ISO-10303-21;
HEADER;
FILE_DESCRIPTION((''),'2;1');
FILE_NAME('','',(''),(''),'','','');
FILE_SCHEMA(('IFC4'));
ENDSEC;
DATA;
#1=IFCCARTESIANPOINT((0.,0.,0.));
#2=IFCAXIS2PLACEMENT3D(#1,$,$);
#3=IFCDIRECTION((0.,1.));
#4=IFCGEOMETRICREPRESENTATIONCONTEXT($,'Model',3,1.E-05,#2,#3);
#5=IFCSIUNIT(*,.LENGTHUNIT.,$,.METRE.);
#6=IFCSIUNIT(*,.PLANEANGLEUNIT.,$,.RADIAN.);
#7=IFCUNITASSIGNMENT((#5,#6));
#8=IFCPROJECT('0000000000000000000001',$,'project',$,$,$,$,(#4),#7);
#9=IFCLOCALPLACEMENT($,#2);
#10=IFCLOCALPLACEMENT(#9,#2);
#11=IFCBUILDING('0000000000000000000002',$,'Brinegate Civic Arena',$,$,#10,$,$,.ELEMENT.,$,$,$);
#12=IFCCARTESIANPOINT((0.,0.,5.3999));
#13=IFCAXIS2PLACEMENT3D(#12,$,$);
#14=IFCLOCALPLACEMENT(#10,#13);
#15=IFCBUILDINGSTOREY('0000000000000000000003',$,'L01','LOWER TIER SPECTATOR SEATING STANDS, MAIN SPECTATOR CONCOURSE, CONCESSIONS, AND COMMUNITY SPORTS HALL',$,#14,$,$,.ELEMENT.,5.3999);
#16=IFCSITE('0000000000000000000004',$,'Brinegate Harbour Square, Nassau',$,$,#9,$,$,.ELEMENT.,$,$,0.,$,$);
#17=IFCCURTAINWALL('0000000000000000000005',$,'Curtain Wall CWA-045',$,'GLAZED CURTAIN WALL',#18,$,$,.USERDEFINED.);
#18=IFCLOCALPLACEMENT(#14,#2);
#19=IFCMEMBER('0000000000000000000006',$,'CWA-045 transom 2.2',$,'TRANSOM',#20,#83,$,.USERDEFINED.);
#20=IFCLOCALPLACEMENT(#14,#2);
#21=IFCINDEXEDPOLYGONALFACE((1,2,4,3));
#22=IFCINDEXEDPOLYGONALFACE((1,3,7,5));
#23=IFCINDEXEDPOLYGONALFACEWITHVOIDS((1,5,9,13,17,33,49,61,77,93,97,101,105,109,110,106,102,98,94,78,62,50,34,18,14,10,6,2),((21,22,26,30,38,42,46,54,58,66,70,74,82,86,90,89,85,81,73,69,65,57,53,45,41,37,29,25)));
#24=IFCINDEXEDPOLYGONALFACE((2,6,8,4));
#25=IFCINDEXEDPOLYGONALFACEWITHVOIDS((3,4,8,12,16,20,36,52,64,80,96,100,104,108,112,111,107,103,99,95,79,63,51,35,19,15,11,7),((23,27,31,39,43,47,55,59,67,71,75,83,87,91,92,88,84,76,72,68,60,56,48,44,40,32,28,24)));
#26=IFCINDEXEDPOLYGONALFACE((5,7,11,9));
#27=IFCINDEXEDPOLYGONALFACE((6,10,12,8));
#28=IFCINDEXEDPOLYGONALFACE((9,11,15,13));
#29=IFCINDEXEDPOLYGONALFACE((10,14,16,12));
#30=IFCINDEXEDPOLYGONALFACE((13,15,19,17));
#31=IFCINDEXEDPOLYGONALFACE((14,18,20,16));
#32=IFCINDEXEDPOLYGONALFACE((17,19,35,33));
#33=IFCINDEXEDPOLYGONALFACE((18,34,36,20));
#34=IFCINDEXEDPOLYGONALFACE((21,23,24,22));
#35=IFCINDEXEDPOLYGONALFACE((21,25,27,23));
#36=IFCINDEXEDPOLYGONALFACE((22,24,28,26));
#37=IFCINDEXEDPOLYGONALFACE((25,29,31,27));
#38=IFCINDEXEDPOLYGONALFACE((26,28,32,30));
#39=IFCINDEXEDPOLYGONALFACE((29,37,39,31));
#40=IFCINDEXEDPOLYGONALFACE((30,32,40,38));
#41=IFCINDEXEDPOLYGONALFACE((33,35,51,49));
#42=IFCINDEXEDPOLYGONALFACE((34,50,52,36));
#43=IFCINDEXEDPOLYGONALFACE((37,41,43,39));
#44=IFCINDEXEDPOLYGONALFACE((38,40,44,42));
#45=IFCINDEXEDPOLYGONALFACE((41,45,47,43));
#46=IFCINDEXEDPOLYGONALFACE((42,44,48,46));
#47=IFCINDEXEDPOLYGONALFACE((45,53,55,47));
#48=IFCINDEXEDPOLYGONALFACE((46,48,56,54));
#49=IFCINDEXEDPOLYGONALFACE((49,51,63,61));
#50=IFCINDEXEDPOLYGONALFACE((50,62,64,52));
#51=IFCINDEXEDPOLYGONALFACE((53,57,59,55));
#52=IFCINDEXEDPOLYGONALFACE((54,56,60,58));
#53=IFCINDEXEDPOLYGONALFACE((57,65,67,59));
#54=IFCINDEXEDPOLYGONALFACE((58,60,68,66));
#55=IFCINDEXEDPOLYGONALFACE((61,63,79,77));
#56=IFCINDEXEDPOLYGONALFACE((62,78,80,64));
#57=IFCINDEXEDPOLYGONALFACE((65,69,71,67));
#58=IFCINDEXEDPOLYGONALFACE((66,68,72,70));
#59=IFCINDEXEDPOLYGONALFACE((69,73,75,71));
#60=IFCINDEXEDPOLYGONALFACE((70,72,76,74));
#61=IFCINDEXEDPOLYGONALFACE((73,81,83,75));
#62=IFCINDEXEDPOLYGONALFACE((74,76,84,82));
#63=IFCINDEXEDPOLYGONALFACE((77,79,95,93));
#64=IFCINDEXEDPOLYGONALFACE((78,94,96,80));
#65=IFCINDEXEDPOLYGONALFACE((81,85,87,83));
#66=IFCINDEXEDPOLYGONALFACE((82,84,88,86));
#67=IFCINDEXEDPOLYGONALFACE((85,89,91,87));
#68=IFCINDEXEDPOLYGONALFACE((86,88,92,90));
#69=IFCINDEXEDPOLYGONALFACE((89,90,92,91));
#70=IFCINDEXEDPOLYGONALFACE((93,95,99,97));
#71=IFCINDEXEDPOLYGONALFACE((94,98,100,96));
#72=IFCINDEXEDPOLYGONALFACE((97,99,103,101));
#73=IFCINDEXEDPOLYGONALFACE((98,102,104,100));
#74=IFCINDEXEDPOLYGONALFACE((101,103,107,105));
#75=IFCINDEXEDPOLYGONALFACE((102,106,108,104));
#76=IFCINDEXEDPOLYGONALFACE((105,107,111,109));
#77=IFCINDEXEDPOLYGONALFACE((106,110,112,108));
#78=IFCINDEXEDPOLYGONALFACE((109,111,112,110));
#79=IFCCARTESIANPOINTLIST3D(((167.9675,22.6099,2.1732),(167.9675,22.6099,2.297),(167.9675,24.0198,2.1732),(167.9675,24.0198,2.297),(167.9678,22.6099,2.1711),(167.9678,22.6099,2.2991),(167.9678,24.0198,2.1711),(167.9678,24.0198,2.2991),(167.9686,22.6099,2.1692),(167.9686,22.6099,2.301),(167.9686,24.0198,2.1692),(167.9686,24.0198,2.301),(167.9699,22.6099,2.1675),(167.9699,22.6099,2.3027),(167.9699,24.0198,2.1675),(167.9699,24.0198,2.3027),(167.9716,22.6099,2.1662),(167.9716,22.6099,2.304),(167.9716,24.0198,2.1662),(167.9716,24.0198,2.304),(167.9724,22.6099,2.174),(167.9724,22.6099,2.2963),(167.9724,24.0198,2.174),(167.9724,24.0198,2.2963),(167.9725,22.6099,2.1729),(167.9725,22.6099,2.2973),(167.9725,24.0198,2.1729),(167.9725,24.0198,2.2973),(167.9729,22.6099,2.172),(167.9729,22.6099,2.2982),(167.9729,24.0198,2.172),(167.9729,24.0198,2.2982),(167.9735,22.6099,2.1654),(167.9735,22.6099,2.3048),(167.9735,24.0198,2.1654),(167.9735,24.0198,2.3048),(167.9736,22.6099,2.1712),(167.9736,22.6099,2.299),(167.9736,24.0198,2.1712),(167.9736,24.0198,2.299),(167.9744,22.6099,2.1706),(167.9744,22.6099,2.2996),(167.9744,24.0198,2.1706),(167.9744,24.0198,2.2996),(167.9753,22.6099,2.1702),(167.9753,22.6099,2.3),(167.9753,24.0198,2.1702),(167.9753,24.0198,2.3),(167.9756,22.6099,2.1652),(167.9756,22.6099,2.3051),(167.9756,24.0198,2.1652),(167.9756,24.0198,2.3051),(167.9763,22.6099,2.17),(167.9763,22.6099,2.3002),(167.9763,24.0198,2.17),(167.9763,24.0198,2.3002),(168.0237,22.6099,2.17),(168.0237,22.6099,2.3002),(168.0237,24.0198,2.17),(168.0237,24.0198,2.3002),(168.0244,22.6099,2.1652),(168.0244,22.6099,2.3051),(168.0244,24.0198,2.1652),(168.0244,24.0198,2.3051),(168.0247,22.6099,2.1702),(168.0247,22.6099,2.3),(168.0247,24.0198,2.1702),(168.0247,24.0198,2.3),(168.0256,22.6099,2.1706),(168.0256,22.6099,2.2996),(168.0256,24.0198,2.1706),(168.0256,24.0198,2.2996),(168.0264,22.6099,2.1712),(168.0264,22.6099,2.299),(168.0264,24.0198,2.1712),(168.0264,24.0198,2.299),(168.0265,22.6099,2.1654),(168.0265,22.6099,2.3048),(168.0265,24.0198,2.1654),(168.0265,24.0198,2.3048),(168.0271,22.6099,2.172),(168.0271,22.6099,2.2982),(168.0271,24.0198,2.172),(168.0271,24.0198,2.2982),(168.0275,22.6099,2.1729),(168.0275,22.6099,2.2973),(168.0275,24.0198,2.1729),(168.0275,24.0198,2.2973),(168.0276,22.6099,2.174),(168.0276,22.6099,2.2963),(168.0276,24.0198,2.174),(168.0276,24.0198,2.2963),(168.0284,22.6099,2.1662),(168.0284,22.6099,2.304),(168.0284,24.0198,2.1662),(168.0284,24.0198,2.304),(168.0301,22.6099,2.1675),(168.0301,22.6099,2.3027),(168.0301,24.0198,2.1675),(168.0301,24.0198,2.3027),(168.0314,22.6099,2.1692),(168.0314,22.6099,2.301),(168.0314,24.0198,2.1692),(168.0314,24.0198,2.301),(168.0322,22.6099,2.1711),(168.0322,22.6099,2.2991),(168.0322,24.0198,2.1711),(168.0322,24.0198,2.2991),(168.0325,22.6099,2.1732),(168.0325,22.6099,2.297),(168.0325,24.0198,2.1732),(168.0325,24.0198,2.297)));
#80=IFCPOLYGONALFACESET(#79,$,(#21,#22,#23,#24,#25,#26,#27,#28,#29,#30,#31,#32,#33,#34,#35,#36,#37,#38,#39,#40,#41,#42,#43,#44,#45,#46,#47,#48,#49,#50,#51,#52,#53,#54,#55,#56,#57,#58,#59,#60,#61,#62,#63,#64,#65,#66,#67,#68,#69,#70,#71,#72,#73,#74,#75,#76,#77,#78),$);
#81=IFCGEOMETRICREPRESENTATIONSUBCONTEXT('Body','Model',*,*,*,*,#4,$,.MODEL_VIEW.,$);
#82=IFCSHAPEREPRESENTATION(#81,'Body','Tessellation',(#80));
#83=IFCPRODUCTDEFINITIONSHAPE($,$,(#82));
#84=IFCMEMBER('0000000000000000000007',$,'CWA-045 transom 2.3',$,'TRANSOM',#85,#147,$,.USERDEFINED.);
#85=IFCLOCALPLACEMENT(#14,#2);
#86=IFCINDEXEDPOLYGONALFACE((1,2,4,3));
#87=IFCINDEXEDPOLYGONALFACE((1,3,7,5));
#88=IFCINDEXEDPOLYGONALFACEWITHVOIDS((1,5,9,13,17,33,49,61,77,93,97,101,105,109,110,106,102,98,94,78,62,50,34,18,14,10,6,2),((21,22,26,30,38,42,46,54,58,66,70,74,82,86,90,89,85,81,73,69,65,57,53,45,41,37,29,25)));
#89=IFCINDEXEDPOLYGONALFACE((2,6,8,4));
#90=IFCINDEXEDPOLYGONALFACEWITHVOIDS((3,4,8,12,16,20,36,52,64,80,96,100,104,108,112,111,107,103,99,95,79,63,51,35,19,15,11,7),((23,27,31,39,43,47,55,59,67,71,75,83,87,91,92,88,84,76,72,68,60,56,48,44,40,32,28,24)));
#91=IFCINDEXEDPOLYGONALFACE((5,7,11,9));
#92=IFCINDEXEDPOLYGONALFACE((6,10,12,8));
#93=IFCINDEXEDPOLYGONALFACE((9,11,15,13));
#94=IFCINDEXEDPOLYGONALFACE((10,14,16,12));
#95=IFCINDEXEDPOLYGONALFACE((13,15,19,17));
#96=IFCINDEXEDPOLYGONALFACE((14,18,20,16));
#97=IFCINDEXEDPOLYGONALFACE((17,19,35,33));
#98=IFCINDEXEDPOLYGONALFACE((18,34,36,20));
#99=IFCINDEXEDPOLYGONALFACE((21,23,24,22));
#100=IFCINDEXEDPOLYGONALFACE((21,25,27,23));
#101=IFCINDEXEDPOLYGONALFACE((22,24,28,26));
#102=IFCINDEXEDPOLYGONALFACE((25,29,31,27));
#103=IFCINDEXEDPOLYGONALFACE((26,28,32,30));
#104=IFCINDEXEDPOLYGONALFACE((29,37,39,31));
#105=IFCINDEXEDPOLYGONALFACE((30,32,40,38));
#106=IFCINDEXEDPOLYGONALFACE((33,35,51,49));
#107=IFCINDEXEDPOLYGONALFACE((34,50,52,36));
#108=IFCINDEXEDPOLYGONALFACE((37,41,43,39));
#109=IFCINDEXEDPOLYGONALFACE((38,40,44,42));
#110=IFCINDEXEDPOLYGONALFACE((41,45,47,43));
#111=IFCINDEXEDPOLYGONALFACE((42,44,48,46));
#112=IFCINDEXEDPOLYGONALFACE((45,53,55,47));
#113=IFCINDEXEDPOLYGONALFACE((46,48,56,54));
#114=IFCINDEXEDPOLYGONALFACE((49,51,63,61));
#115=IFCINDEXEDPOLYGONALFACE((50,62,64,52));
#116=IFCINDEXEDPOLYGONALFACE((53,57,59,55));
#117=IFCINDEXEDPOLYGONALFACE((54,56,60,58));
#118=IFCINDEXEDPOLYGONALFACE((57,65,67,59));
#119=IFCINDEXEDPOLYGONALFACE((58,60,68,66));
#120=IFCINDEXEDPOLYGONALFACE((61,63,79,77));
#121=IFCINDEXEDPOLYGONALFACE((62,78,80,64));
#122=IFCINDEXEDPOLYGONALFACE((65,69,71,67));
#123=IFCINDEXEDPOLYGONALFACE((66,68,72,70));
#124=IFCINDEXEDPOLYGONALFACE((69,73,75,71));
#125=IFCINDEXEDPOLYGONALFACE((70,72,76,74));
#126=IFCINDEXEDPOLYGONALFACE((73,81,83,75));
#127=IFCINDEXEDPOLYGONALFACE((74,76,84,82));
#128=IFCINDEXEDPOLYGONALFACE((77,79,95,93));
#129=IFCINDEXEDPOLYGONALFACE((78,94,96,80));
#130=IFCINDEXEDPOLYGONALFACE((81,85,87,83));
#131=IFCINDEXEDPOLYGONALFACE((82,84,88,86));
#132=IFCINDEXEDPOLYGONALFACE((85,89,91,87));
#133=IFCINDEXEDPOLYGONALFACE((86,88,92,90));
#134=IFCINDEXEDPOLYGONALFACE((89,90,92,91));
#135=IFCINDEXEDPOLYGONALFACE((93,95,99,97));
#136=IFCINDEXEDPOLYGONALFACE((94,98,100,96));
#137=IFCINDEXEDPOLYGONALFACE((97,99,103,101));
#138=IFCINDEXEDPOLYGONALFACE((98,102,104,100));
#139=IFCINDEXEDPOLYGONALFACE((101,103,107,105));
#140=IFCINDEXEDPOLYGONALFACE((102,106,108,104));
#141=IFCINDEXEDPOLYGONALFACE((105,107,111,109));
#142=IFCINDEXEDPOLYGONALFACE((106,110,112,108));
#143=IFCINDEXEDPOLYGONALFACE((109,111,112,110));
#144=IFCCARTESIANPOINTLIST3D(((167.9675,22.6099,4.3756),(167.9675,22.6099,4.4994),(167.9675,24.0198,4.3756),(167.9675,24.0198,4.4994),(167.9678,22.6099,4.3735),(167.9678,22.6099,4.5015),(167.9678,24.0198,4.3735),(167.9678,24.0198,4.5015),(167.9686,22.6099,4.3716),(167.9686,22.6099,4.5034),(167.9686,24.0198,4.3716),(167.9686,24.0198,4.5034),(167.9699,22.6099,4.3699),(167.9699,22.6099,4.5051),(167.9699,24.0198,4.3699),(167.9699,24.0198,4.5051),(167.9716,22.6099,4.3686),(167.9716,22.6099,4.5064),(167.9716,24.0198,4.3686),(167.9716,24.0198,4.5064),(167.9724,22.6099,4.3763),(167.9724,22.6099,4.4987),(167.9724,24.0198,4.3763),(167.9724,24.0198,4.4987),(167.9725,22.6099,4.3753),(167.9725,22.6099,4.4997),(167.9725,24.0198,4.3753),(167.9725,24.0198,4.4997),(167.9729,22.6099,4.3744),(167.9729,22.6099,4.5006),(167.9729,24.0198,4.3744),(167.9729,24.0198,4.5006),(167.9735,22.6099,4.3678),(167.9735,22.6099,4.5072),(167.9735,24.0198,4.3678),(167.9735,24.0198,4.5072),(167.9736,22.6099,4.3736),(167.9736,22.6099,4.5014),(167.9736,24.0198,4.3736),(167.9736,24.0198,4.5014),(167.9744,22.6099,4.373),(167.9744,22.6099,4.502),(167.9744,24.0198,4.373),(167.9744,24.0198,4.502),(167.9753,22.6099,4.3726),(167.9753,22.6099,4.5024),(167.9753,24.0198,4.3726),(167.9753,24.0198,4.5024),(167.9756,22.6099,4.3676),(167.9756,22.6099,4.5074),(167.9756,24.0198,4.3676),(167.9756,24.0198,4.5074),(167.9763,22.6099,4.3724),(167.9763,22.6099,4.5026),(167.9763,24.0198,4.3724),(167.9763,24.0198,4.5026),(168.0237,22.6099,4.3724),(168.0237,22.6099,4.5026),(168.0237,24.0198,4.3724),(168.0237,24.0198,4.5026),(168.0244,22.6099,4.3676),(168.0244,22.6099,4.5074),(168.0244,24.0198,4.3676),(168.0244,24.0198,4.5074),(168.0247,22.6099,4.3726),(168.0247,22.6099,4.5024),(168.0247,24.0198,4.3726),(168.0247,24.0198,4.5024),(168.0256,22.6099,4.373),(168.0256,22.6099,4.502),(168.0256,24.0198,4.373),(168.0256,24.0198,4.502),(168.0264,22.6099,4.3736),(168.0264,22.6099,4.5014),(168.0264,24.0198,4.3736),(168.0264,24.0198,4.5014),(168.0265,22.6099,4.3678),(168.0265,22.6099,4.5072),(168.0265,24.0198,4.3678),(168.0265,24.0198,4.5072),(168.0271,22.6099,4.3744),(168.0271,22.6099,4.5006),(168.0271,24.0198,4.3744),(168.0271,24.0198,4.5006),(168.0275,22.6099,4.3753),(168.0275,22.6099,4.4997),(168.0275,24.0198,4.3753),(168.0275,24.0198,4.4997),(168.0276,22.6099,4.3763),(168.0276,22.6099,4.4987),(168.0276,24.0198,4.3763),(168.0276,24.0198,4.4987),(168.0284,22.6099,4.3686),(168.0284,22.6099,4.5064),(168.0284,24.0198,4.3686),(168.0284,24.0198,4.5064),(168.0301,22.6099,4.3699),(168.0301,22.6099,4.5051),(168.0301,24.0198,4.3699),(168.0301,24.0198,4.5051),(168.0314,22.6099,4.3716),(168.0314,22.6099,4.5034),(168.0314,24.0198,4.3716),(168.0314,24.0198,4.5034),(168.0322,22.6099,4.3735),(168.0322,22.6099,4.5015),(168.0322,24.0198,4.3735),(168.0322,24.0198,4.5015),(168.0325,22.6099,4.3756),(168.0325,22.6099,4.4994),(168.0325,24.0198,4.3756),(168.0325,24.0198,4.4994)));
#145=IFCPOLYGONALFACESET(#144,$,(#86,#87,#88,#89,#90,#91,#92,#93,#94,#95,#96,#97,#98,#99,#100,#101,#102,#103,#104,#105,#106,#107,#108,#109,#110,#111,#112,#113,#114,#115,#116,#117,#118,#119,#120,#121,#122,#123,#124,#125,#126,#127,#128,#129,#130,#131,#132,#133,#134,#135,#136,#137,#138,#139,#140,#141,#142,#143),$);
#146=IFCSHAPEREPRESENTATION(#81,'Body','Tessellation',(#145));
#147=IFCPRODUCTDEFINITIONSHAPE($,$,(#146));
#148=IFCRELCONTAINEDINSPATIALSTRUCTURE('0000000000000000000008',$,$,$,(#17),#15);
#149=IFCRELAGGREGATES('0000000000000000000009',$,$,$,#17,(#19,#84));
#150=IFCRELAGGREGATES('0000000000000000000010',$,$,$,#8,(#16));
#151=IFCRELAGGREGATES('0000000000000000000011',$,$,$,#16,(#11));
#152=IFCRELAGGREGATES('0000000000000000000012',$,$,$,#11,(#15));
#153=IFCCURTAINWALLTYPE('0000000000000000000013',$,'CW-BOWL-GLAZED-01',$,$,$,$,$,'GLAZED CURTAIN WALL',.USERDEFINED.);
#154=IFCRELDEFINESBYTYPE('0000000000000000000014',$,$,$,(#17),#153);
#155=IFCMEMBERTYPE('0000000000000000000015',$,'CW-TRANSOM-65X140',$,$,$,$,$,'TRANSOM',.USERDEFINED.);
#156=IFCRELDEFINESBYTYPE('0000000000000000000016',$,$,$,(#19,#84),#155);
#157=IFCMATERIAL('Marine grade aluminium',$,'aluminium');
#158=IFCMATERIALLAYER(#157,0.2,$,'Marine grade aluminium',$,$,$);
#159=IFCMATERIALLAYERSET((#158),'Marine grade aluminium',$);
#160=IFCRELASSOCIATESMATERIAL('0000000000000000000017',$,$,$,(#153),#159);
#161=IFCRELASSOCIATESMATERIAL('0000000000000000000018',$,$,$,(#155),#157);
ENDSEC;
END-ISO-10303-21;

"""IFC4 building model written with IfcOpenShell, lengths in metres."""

from ifc_helpers import new_model, si_unit, direction, frame, origin, origin_2d, place, context, subcontext, project, spatial, hollow_rectangle, extrude, material, layer, layer_set, material_profile, profile_set, type_object, element, aggregate, save


model = new_model("IFC4")

# Units and contexts
model_context = context("Model", 3, precision=1e-05, world=origin(), true_north=direction((0.0, 1.0)))
body_context = subcontext(model_context, "Body", "Model", "MODEL_VIEW")
ifc_project = project(units=[si_unit("LENGTHUNIT", "METRE"), si_unit("PLANEANGLEUNIT", "RADIAN")], contexts=[model_context])

# Site, building, storey
site_placement = place(None, origin())
site = spatial("IfcSite", under=ifc_project, at=site_placement, Name="Brinegate Harbour Square, Nassau", CompositionType="ELEMENT", RefElevation=0.0)
building_placement = place(site_placement, origin())
building = spatial("IfcBuilding", under=site, at=building_placement, Name="Brinegate Civic Arena", CompositionType="ELEMENT")
storey_placement = place(building_placement, frame((0.0, 0.0, 5.3999)))
storey = spatial("IfcBuildingStorey", under=building, at=storey_placement, Name="L01", Description="LOWER TIER SPECTATOR SEATING STANDS, MAIN SPECTATOR CONCOURSE, CONCESSIONS, AND COMMUNITY SPORTS HALL", CompositionType="ELEMENT", Elevation=5.3999)

# Curtain wall, members
ifc_material_1 = material(Name="Marine grade aluminium", Category="aluminium")
ifc_layer_1 = layer(ifc_material_1, 0.2, Name="Marine grade aluminium")
ifc_layer_set_1 = layer_set([ifc_layer_1], Name="Marine grade aluminium")
curtain_wall_type = type_object("IfcCurtainWallType", Name="CW-BOWL-GLAZED-01", ElementType="GLAZED CURTAIN WALL", PredefinedType="USERDEFINED", material=ifc_layer_set_1)
curtain_wall_placement = place(storey_placement, origin())
curtain_wall = element("IfcCurtainWall", 1, at=curtain_wall_placement, inside=storey, type_object=curtain_wall_type, Name="Curtain Wall CWA-045", ObjectType="GLAZED CURTAIN WALL", PredefinedType="USERDEFINED")
ifc_material_profile_1 = material_profile(ifc_material_1, hollow_rectangle(XDim=0.0649, YDim=0.1399, WallThickness=0.0049, InnerFilletRadius=0.0039, OuterFilletRadius=0.0081, at=origin_2d()), Name="TRN65X140")
ifc_profile_set_1 = profile_set([ifc_material_profile_1], Name="Marine grade aluminium")
member_type_1 = type_object("IfcMemberType", Name="CW-TRANSOM-65X140", ElementType="TRANSOM", PredefinedType="USERDEFINED", material=ifc_profile_set_1)
member_1_placement = place(storey_placement, frame((168.0, 22.6099, 2.2351), z_axis=(0.0, 1.0, 0.0), x_axis=(-1.0, 0.0, 0.0)))
member_1 = element("IfcMember", 2, at=member_1_placement, type_object=member_type_1, Name="CWA-045 transom 2.2", ObjectType="TRANSOM", PredefinedType="USERDEFINED", context=body_context, shape_type="SweptSolid", body=[
    extrude(hollow_rectangle(XDim=0.0649, YDim=0.1399, WallThickness=0.0049, InnerFilletRadius=0.0039, OuterFilletRadius=0.0081, at=origin_2d()), origin(), (0.0, 0.0, 1.0), 1.4099),
])
member_2_placement = place(storey_placement, frame((168.0, 22.6099, 4.4375), z_axis=(0.0, 1.0, 0.0), x_axis=(-1.0, 0.0, 0.0)))
member_2 = element("IfcMember", 3, at=member_2_placement, type_object=member_type_1, Name="CWA-045 transom 2.3", ObjectType="TRANSOM", PredefinedType="USERDEFINED", context=body_context, shape_type="SweptSolid", body=[
    extrude(hollow_rectangle(XDim=0.0649, YDim=0.1399, WallThickness=0.0049, InnerFilletRadius=0.0039, OuterFilletRadius=0.0081, at=origin_2d()), origin(), (0.0, 0.0, 1.0), 1.4099),
])

aggregate(curtain_wall, [member_1, member_2])

save(model, "model.ifc")
